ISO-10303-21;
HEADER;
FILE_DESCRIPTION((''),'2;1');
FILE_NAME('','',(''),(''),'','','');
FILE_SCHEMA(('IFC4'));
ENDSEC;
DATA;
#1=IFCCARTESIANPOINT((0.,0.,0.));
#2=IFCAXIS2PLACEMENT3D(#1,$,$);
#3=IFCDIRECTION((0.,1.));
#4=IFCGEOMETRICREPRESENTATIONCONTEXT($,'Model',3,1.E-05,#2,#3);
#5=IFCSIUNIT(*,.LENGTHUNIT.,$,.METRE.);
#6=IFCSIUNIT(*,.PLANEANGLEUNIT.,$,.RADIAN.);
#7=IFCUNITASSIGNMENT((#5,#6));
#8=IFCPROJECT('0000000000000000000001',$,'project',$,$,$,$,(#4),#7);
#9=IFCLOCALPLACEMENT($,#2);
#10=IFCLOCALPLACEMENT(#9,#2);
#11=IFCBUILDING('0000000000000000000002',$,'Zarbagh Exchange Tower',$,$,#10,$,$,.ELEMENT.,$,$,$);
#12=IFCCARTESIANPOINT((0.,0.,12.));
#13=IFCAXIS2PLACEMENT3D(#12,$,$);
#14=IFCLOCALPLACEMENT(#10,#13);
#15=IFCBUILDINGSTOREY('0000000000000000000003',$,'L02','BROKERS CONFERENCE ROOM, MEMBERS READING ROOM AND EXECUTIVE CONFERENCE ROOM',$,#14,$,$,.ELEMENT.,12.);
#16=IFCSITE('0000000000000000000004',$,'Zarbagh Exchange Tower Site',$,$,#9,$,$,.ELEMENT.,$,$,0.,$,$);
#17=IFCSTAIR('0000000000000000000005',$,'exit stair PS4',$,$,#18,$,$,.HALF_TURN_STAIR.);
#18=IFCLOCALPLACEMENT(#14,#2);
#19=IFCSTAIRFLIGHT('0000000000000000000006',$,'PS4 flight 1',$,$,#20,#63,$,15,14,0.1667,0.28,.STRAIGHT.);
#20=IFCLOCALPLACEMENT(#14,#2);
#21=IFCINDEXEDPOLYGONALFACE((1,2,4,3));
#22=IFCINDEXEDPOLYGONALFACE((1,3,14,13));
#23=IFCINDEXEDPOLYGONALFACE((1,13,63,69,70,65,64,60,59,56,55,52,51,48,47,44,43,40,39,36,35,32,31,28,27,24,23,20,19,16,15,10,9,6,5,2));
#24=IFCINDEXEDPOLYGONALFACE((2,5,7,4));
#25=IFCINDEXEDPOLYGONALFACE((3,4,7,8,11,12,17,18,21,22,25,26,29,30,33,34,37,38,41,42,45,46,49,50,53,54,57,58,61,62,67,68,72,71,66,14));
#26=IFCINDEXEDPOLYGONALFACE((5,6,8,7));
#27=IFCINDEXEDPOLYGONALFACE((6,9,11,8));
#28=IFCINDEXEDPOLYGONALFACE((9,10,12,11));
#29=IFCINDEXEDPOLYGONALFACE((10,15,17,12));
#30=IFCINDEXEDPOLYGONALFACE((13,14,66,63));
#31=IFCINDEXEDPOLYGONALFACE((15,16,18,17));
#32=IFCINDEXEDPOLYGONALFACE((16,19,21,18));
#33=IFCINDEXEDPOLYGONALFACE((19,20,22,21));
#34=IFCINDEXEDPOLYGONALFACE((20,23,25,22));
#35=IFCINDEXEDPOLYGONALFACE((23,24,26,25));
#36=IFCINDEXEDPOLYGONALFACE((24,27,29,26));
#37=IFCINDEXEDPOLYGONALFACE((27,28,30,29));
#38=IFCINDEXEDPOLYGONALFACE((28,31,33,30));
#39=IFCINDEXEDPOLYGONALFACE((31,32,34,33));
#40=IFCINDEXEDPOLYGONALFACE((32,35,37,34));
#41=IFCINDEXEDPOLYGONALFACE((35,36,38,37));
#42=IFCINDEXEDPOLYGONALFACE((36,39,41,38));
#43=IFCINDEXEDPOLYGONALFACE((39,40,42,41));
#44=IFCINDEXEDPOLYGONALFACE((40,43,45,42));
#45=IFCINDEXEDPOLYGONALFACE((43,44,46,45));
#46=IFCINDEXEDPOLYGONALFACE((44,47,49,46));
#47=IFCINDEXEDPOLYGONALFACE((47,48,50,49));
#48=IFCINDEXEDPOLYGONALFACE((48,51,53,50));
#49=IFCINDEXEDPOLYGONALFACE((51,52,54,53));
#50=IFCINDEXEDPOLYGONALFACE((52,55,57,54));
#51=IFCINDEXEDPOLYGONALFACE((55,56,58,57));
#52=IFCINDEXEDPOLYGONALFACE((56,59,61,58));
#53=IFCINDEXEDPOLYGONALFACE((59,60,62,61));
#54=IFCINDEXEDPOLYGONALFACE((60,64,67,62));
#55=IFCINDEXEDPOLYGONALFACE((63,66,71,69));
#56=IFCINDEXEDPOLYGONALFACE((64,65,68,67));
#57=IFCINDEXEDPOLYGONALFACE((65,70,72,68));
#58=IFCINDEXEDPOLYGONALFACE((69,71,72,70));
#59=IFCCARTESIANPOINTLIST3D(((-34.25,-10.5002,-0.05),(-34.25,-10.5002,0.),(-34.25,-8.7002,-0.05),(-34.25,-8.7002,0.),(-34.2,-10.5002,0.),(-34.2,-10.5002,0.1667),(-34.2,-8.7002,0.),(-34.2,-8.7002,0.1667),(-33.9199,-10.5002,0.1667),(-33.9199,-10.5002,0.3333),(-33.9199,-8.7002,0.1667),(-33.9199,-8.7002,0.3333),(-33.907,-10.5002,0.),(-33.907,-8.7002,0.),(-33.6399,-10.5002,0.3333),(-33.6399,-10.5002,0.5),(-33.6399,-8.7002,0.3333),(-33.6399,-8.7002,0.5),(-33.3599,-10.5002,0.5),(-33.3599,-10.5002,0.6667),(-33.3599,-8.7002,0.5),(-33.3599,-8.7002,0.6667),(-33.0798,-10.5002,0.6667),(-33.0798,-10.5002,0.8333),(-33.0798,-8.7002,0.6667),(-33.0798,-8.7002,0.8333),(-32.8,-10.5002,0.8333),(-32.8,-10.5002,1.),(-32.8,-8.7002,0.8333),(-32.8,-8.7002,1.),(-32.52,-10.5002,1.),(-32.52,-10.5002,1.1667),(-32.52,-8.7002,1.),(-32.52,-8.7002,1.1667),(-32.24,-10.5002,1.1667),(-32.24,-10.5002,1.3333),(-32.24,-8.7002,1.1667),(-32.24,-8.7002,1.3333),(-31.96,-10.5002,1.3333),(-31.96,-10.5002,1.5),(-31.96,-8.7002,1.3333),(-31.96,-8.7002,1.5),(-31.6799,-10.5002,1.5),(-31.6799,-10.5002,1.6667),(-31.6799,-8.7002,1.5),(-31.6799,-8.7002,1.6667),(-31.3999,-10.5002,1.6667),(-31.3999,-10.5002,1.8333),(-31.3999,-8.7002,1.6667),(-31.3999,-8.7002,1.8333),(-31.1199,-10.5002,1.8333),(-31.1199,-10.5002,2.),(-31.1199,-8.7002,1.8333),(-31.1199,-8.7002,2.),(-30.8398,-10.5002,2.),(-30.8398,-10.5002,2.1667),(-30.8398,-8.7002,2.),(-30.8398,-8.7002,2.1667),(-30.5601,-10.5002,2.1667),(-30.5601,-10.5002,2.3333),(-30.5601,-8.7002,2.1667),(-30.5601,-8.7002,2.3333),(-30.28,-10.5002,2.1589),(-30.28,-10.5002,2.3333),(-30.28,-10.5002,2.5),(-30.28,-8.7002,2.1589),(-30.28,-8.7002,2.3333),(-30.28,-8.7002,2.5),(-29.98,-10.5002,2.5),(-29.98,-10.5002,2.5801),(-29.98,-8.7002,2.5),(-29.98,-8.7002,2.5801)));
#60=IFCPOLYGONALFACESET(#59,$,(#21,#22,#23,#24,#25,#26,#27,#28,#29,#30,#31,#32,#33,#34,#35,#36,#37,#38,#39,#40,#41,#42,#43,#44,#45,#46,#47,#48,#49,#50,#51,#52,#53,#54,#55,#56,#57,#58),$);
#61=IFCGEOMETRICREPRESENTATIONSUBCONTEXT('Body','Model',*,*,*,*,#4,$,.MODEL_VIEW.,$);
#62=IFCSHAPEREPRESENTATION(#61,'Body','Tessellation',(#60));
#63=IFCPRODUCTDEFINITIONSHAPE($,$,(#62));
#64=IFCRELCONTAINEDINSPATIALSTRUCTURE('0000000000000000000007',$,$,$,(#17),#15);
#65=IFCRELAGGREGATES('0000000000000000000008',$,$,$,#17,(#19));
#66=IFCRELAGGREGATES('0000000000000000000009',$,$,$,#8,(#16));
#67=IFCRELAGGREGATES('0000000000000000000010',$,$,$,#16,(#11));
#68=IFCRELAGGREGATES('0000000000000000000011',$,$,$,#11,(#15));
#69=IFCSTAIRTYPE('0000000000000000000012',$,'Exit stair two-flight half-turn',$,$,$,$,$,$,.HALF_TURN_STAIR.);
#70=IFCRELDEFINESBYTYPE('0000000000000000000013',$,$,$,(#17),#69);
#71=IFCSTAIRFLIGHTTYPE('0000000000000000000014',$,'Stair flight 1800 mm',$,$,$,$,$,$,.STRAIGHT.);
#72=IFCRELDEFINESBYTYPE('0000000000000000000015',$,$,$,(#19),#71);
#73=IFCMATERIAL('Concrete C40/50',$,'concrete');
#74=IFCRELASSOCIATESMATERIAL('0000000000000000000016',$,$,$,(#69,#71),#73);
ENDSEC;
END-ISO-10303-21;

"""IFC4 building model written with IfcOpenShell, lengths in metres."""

from ifc_helpers import new_model, si_unit, direction, frame, origin, place, context, subcontext, project, spatial, polyline, outline, extrude, material, type_object, element, aggregate, save


model = new_model("IFC4")

# Units and contexts
model_context = context("Model", 3, precision=1e-05, world=origin(), true_north=direction((0.0, 1.0)))
body_context = subcontext(model_context, "Body", "Model", "MODEL_VIEW")
ifc_project = project(units=[si_unit("LENGTHUNIT", "METRE"), si_unit("PLANEANGLEUNIT", "RADIAN")], contexts=[model_context])

# Site, building, storey
site_placement = place(None, origin())
site = spatial("IfcSite", under=ifc_project, at=site_placement, Name="Zarbagh Exchange Tower Site", CompositionType="ELEMENT", RefElevation=0.0)
building_placement = place(site_placement, origin())
building = spatial("IfcBuilding", under=site, at=building_placement, Name="Zarbagh Exchange Tower", CompositionType="ELEMENT")
storey_placement = place(building_placement, frame((0.0, 0.0, 12.0)))
storey = spatial("IfcBuildingStorey", under=building, at=storey_placement, Name="L02", Description="BROKERS CONFERENCE ROOM, MEMBERS READING ROOM AND EXECUTIVE CONFERENCE ROOM", CompositionType="ELEMENT", Elevation=12.0)

# Shared definitions
ifc_material_1 = material(Name="Concrete C40/50", Category="concrete")

# Stair, stair flight
stair_type = type_object("IfcStairType", Name="Exit stair two-flight half-turn", PredefinedType="HALF_TURN_STAIR", material=ifc_material_1)
stair_placement = place(storey_placement, origin())
stair = element("IfcStair", 1, at=stair_placement, inside=storey, type_object=stair_type, Name="exit stair PS4", PredefinedType="HALF_TURN_STAIR")
stair_flight_type = type_object("IfcStairFlightType", Name="Stair flight 1800 mm", PredefinedType="STRAIGHT", material=ifc_material_1)
stair_flight_placement = place(storey_placement, frame((-34.2, -9.6001, 0.0), z_axis=(0.0, 0.0, 1.0), x_axis=(1.0, 0.0, 0.0)))
stair_flight = element("IfcStairFlight", 2, at=stair_flight_placement, type_object=stair_flight_type, Name="PS4 flight 1", NumberOfRisers=15, NumberOfTreads=14, PredefinedType="STRAIGHT", RiserHeight=0.1667, TreadLength=0.28, context=body_context, shape_type="SweptSolid", body=[
    extrude(outline(polyline([(-0.05, -0.05), (-0.05, 0.0), (0.0, 0.0), (0.0, 0.1667), (0.28, 0.1667), (0.28, 0.3333), (0.5601, 0.3333), (0.5601, 0.5), (0.8401, 0.5), (0.8401, 0.6667), (1.1201, 0.6667), (1.1201, 0.8333), (1.3999, 0.8333), (1.3999, 1.0), (1.6799, 1.0), (1.6799, 1.1667), (1.96, 1.1667), (1.96, 1.3333), (2.24, 1.3333), (2.24, 1.5), (2.52, 1.5), (2.52, 1.6667), (2.8, 1.6667), (2.8, 1.8333), (3.0801, 1.8333), (3.0801, 2.0), (3.3601, 2.0), (3.3601, 2.1667), (3.6399, 2.1667), (3.6399, 2.3333), (3.9199, 2.3333), (3.9199, 2.5), (4.22, 2.5801), (4.22, 2.5), (3.9199, 2.1589), (0.293, 0.0), (-0.05, -0.05)])), frame((0.0, 0.8999, 0.0), z_axis=(0.0, -1.0, 0.0), x_axis=(1.0, 0.0, 0.0)), (0.0, 0.0, 1.0), 1.8),
])
aggregate(stair, [stair_flight])

save(model, "model.ifc")
